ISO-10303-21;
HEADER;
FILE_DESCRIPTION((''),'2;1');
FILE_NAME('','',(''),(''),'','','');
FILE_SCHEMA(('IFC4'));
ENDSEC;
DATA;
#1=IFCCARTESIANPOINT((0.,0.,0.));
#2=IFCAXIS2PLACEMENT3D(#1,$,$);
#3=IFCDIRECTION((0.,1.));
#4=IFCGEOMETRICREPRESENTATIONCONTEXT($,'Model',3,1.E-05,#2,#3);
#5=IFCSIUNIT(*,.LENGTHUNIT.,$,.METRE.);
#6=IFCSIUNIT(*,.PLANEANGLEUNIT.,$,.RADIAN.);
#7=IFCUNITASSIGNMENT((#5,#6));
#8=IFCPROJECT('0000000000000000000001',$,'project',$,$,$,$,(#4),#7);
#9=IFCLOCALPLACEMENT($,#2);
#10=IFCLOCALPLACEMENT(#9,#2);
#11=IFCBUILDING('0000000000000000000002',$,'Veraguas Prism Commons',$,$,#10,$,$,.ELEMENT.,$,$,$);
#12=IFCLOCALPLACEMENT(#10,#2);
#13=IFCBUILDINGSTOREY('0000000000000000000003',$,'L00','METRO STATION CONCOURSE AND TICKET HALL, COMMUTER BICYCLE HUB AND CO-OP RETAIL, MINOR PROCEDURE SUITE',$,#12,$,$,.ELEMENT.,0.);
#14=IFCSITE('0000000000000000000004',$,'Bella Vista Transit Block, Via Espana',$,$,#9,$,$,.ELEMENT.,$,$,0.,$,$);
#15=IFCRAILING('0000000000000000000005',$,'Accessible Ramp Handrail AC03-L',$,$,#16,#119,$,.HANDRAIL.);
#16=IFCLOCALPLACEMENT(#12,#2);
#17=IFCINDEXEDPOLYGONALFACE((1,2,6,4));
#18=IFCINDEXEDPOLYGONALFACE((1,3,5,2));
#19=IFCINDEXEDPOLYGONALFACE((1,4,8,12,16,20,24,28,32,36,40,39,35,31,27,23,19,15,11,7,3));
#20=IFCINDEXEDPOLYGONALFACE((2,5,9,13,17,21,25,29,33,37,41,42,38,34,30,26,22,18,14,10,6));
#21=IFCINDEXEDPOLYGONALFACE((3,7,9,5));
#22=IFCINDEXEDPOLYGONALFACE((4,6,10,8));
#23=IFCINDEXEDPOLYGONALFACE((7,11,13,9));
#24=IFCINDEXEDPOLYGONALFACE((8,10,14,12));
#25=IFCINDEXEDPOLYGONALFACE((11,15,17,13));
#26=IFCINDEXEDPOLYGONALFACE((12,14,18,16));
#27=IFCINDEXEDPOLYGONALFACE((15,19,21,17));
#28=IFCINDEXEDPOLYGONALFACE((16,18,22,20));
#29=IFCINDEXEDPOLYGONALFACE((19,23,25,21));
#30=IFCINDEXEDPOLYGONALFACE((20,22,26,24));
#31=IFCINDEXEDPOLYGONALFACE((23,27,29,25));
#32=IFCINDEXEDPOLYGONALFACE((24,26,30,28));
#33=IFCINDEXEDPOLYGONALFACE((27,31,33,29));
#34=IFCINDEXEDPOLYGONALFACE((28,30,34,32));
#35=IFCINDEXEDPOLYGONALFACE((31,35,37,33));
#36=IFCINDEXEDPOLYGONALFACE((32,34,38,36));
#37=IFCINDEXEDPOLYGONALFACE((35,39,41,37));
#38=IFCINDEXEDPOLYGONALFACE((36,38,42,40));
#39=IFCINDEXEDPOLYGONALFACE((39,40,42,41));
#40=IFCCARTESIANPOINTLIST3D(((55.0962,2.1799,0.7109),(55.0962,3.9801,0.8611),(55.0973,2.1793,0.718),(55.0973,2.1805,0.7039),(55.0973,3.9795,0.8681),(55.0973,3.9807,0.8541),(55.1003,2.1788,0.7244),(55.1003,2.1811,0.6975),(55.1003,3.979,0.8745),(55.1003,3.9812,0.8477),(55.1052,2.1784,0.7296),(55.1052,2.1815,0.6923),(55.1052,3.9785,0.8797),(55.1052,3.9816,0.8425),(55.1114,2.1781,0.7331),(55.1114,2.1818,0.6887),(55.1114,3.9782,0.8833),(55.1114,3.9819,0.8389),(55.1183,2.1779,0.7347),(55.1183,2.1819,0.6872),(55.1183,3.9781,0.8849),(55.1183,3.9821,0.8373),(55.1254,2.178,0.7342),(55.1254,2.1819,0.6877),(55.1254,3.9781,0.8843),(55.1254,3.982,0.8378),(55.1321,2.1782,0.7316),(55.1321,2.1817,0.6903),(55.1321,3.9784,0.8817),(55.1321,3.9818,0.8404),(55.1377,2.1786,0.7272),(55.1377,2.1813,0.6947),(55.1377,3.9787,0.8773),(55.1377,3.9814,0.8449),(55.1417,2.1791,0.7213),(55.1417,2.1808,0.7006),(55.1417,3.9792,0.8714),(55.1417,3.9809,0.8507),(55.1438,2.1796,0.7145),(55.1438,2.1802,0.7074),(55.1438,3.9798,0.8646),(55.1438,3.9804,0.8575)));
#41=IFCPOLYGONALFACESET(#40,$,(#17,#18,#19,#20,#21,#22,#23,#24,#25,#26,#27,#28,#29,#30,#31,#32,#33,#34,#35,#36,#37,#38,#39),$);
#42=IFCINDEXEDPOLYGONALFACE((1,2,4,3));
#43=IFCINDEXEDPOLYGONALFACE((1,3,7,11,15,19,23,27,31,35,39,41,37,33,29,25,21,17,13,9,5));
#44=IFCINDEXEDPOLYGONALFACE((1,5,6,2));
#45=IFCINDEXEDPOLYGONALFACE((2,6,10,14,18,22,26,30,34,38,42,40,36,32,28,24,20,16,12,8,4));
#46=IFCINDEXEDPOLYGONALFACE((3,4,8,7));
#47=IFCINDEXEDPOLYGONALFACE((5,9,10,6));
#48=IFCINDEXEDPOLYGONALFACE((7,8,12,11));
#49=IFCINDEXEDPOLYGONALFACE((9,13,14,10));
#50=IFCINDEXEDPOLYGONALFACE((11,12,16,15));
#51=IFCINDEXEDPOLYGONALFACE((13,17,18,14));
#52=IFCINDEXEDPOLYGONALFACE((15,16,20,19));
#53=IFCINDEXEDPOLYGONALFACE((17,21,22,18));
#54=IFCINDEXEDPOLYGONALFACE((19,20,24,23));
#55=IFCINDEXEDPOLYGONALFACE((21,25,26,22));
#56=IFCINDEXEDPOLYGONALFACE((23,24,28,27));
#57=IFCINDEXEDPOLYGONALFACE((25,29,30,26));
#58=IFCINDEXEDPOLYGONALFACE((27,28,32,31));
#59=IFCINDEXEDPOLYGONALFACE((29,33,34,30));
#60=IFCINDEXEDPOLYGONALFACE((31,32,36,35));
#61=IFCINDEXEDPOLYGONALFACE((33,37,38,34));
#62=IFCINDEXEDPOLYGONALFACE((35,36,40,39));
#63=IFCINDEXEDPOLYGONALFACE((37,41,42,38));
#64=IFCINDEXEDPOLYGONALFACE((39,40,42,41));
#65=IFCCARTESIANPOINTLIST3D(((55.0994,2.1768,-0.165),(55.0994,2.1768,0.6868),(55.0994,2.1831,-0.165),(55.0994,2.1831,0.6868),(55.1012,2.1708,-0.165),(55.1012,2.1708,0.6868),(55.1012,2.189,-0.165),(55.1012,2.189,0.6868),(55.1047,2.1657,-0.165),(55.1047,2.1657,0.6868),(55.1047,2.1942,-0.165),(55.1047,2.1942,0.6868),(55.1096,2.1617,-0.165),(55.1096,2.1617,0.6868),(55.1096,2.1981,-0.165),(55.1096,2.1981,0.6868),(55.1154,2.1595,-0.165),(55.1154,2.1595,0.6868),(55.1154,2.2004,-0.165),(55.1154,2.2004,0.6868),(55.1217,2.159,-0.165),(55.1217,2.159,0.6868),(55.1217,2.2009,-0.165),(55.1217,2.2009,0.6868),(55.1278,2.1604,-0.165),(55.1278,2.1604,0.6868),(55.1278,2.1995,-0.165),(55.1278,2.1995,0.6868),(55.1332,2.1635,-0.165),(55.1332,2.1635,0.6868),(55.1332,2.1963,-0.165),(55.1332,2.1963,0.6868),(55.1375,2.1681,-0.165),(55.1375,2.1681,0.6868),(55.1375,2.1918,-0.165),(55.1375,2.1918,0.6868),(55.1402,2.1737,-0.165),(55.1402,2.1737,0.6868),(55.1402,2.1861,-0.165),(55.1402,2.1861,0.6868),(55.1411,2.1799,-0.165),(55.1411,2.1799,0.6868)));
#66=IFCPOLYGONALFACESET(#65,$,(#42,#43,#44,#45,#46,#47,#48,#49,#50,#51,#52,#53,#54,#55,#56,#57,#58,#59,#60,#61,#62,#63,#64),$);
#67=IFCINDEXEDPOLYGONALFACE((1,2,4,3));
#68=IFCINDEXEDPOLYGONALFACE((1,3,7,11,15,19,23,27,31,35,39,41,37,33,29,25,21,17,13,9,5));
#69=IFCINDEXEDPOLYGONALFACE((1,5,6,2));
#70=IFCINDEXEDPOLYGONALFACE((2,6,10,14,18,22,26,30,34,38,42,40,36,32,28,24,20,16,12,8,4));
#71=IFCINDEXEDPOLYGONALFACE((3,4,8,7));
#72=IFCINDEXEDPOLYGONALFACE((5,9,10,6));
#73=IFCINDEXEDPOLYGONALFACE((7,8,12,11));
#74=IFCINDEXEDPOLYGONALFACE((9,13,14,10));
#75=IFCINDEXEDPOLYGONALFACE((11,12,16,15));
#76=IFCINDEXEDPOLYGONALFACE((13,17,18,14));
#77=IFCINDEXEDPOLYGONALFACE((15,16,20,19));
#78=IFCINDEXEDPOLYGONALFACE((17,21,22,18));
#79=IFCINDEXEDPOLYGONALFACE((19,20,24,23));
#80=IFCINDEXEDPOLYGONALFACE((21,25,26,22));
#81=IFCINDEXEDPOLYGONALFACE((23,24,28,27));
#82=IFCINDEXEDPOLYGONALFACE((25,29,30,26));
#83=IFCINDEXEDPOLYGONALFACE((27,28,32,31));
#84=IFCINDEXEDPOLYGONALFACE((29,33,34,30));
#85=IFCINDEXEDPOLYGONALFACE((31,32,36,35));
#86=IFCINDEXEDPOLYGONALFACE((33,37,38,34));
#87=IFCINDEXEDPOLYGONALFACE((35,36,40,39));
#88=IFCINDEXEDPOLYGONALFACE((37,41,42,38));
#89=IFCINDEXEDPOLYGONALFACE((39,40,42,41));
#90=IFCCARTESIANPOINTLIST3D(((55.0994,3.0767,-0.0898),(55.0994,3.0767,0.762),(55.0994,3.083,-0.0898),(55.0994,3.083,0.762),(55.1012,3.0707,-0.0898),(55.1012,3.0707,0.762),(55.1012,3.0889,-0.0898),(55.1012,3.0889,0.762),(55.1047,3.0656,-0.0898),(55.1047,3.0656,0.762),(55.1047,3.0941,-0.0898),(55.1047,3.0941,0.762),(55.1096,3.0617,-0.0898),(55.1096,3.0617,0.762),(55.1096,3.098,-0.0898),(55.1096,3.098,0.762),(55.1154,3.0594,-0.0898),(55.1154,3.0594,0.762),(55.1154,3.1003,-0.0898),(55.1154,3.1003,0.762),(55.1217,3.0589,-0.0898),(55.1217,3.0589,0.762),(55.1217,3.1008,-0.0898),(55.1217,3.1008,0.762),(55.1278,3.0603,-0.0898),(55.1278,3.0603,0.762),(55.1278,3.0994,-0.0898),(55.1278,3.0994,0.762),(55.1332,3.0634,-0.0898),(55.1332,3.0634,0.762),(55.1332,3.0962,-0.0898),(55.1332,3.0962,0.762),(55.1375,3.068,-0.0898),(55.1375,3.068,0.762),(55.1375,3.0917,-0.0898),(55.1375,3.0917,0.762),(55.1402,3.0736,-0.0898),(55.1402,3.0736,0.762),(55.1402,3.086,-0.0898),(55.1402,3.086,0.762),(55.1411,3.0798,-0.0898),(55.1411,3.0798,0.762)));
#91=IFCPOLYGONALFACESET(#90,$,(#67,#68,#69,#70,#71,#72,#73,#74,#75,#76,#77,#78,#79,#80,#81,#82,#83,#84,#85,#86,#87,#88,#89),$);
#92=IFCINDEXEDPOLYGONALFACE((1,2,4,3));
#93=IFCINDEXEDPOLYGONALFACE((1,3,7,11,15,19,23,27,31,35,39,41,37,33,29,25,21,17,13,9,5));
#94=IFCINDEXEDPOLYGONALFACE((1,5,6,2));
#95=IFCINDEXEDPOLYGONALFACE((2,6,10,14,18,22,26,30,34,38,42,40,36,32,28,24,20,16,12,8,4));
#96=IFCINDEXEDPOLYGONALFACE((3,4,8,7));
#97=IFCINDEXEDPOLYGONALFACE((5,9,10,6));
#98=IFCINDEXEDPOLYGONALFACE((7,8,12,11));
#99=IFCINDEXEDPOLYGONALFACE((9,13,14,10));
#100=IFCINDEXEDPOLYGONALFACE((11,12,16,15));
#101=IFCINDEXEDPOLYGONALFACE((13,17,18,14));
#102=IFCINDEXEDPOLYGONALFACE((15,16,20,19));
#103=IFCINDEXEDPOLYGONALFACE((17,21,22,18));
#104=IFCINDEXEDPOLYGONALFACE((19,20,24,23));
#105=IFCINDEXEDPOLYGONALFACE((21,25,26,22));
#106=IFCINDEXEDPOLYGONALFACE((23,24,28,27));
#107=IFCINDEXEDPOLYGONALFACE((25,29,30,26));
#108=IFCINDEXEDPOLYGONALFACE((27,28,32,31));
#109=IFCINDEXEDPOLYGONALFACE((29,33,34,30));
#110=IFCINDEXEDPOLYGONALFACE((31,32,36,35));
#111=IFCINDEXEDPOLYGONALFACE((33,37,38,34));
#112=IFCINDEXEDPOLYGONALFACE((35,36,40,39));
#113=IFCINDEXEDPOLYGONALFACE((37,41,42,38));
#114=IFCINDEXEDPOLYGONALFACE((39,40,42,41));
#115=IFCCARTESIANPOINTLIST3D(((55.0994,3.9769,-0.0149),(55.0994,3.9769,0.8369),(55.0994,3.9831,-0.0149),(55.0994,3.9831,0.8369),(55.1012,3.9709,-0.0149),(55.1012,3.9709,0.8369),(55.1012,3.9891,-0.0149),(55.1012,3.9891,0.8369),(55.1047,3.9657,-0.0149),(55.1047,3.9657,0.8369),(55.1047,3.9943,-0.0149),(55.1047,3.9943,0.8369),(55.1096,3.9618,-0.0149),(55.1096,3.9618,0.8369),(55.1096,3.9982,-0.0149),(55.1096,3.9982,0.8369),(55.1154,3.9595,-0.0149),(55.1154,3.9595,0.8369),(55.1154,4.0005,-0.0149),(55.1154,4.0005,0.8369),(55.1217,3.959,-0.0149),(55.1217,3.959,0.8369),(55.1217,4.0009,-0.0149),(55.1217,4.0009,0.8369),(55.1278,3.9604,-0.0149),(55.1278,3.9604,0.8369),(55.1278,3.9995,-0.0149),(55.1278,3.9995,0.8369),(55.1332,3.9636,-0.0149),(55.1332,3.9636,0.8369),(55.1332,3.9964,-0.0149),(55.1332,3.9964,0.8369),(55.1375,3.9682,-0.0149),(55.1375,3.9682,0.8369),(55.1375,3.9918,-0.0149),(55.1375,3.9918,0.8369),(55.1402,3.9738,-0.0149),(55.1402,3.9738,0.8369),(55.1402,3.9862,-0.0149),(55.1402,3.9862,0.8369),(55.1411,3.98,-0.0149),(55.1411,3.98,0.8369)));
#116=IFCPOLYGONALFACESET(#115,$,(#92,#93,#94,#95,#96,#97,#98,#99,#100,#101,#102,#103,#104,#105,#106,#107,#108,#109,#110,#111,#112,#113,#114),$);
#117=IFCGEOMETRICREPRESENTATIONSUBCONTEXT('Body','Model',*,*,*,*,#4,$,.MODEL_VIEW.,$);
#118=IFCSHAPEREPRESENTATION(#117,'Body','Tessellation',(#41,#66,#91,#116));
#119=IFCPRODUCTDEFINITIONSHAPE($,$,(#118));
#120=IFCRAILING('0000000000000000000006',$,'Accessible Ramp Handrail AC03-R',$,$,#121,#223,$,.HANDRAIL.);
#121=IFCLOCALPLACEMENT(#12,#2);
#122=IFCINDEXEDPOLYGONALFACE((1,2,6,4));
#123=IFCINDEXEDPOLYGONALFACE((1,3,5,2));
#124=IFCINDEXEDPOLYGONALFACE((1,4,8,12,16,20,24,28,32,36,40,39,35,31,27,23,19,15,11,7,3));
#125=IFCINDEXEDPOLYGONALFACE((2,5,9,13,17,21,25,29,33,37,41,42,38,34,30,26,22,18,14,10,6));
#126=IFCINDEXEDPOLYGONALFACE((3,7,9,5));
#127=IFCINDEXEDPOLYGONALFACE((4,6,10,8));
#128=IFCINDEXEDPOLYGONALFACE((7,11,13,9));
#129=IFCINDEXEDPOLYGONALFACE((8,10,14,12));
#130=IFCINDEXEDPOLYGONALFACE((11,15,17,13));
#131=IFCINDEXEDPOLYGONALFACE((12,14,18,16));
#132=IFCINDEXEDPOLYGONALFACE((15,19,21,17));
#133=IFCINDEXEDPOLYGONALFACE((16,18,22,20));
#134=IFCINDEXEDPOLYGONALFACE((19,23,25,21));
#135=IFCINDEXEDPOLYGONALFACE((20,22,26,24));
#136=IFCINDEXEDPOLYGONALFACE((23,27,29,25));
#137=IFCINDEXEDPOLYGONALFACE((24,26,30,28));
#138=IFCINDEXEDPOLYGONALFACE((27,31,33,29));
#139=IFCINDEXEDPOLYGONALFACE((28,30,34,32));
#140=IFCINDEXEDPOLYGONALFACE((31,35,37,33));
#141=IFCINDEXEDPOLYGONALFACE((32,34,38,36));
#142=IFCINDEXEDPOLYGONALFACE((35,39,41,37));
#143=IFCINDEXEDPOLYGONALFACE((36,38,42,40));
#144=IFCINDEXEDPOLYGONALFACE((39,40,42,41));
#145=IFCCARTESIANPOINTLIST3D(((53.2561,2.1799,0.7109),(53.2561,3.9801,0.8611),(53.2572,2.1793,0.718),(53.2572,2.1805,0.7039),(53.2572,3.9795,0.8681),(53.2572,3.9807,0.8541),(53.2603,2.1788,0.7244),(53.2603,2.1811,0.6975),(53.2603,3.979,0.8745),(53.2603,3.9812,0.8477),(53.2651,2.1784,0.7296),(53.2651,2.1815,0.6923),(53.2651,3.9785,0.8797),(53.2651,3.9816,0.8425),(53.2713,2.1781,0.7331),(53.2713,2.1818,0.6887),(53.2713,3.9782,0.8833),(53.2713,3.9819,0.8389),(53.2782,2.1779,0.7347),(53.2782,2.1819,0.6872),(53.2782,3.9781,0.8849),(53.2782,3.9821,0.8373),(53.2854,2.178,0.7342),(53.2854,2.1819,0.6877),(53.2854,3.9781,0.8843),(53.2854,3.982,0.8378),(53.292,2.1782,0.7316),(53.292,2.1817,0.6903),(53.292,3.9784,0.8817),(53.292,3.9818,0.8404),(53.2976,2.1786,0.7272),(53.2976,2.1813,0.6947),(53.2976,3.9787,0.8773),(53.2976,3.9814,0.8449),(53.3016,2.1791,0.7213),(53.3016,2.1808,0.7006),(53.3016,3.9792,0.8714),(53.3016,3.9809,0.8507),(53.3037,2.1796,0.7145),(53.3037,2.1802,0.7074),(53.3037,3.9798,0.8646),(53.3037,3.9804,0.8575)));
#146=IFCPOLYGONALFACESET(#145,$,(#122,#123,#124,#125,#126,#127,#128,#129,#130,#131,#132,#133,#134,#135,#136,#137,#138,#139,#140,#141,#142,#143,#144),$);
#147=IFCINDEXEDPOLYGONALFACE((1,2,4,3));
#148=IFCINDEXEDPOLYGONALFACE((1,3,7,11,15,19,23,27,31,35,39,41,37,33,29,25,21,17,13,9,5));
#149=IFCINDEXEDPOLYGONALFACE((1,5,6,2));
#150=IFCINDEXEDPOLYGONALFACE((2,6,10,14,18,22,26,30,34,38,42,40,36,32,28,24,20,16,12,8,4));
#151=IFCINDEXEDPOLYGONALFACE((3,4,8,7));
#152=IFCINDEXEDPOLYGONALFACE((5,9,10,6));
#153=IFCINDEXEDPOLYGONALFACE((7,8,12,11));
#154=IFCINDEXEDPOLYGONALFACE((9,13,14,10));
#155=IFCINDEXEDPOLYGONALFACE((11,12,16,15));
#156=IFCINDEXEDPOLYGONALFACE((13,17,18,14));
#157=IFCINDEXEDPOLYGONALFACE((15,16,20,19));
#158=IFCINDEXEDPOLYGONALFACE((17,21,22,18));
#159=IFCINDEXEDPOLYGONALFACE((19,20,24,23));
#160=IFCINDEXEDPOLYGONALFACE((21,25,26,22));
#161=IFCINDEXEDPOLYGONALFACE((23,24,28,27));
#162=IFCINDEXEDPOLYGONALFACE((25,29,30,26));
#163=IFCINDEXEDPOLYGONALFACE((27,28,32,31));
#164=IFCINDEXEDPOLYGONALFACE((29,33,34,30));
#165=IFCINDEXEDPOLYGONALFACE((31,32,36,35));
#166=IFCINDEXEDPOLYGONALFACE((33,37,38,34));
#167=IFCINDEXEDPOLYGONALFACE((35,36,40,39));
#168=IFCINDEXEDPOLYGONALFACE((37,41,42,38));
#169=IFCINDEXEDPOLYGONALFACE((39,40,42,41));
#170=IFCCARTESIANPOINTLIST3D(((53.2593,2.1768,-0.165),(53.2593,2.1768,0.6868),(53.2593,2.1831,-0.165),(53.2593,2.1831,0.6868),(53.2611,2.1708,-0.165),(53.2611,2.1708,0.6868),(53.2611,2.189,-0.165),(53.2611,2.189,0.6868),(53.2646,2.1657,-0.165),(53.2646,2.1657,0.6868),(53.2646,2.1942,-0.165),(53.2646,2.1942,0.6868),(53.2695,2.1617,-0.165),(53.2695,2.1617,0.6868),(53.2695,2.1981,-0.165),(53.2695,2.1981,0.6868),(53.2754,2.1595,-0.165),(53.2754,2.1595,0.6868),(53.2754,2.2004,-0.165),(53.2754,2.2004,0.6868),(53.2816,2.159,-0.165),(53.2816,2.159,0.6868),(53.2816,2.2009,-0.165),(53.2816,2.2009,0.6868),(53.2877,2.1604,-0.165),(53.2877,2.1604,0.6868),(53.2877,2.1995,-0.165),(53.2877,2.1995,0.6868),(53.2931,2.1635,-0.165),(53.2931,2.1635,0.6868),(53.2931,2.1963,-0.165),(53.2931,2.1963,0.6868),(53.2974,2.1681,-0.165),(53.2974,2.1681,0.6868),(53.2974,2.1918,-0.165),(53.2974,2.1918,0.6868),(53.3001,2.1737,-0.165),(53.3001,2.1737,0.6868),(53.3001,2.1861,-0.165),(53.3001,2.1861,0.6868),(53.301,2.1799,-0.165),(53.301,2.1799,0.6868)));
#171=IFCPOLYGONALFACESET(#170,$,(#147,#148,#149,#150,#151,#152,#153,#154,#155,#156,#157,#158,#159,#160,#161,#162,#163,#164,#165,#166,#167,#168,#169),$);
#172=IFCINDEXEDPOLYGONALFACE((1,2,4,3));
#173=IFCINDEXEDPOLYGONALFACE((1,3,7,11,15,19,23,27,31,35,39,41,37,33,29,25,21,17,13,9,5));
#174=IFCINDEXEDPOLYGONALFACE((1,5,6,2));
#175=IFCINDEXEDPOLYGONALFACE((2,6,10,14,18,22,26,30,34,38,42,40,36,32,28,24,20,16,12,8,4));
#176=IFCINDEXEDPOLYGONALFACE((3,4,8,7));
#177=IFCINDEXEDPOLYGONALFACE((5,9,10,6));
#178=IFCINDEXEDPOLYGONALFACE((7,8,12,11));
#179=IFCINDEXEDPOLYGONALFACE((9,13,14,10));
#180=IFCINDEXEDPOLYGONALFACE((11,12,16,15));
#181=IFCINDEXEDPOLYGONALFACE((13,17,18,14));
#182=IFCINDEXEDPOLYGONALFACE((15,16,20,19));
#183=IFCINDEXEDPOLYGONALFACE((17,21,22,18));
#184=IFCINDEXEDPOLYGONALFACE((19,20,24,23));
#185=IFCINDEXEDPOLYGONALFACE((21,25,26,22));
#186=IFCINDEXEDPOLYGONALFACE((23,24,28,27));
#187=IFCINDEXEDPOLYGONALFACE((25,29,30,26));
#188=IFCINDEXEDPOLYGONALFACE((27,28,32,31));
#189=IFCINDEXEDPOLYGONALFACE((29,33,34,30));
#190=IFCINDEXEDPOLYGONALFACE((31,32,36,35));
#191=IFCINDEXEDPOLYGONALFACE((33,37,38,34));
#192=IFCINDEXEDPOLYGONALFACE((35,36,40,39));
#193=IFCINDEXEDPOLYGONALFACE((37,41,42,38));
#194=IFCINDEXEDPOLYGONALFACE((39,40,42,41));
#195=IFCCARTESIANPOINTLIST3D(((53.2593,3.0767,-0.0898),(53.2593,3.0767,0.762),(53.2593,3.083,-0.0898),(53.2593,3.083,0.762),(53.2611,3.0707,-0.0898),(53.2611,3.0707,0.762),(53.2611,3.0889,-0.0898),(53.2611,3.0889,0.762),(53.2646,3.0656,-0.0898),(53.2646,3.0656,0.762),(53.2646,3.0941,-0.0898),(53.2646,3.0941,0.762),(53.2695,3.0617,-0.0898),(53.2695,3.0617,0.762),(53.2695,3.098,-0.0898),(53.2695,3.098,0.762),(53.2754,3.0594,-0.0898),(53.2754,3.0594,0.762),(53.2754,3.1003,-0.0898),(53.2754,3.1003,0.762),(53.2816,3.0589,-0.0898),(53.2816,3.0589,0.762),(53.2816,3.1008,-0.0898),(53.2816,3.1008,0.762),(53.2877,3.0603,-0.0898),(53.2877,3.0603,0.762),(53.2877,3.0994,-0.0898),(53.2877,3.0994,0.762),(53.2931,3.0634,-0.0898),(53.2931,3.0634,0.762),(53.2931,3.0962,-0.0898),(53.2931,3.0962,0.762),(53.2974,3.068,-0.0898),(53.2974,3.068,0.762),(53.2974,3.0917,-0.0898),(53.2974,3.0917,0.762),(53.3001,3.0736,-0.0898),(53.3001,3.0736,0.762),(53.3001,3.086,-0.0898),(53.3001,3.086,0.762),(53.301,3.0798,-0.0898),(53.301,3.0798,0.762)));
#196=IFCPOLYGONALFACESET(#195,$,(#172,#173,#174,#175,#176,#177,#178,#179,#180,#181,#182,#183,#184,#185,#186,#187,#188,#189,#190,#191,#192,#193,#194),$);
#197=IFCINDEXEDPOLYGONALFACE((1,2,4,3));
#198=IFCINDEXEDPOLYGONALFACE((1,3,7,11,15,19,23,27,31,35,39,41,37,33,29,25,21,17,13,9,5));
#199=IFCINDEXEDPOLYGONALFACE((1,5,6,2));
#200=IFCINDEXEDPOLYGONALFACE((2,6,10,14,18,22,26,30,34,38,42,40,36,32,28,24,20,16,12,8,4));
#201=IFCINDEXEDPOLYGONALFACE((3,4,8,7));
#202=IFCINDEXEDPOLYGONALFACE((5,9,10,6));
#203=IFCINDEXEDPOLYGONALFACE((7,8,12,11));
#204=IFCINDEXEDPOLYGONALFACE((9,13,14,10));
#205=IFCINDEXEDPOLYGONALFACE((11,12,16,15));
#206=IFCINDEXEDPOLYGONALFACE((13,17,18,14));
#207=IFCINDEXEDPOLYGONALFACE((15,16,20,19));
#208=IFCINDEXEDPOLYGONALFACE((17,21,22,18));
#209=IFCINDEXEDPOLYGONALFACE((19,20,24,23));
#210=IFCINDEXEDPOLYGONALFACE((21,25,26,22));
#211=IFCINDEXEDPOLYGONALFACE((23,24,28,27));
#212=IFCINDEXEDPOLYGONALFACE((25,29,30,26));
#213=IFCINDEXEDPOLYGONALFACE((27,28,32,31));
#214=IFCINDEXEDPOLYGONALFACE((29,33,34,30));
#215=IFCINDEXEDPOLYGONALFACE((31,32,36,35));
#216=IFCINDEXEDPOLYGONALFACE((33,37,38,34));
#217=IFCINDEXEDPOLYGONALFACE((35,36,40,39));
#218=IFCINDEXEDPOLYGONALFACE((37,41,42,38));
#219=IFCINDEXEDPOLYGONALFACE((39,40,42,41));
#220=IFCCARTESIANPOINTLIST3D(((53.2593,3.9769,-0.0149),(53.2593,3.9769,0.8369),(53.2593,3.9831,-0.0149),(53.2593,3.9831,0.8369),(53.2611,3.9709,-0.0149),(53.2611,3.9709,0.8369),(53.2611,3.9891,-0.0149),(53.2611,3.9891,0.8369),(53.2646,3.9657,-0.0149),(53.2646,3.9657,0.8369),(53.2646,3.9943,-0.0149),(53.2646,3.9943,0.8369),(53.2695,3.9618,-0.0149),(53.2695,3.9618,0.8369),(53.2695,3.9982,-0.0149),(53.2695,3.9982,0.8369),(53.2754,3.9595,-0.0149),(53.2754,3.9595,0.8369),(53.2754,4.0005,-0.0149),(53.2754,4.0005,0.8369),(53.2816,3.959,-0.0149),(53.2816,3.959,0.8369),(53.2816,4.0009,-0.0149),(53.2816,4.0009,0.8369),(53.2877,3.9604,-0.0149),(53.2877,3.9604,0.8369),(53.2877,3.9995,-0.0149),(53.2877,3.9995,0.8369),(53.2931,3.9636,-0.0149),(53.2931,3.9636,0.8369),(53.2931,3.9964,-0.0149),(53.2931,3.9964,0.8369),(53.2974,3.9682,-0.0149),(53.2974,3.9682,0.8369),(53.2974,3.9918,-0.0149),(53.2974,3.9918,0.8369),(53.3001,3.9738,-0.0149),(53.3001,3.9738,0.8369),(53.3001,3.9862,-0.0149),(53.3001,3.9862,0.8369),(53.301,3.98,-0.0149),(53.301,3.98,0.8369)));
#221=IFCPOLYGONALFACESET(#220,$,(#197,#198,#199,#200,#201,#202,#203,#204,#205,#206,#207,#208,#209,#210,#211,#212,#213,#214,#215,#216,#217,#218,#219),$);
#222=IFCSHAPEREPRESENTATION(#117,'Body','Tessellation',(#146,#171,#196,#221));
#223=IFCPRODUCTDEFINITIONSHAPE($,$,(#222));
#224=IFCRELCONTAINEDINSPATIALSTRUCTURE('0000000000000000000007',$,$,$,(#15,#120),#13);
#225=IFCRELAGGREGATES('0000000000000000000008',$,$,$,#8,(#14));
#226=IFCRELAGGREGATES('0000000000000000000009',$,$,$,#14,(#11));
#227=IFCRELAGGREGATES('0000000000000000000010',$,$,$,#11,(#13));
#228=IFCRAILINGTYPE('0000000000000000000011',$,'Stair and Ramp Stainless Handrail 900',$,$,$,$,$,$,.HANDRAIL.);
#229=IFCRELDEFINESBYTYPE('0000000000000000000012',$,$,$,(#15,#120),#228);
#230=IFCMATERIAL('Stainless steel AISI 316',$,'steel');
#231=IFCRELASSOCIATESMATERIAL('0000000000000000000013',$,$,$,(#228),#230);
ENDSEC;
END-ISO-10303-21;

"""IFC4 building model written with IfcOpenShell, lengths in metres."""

from ifc_helpers import new_model, si_unit, direction, frame, origin, origin_2d, place, context, subcontext, project, spatial, circle, extrude, material, type_object, element, save


model = new_model("IFC4")

# Units and contexts
model_context = context("Model", 3, precision=1e-05, world=origin(), true_north=direction((0.0, 1.0)))
body_context = subcontext(model_context, "Body", "Model", "MODEL_VIEW")
ifc_project = project(units=[si_unit("LENGTHUNIT", "METRE"), si_unit("PLANEANGLEUNIT", "RADIAN")], contexts=[model_context])

# Site, building, storey
site_placement = place(None, origin())
site = spatial("IfcSite", under=ifc_project, at=site_placement, Name="Bella Vista Transit Block, Via Espana", CompositionType="ELEMENT", RefElevation=0.0)
building_placement = place(site_placement, origin())
building = spatial("IfcBuilding", under=site, at=building_placement, Name="Veraguas Prism Commons", CompositionType="ELEMENT")
storey_placement = place(building_placement, origin())
storey = spatial("IfcBuildingStorey", under=building, at=storey_placement, Name="L00", Description="METRO STATION CONCOURSE AND TICKET HALL, COMMUTER BICYCLE HUB AND CO-OP RETAIL, MINOR PROCEDURE SUITE", CompositionType="ELEMENT", Elevation=0.0)

# Railings
ifc_material_1 = material(Name="Stainless steel AISI 316", Category="steel")
railing_type = type_object("IfcRailingType", Name="Stair and Ramp Stainless Handrail 900", PredefinedType="HANDRAIL", material=ifc_material_1)
for number, where, name in (
    (1, (55.1201, 2.1799, -0.165), "Accessible Ramp Handrail AC03-L"),
    (2, (53.28, 2.1799, -0.165), "Accessible Ramp Handrail AC03-R"),
):
    element("IfcRailing", number, at=place(storey_placement, frame(where)), inside=storey, type_object=railing_type, Name=name, PredefinedType="HANDRAIL", context=body_context, shape_type="SweptSolid", body=[
        extrude(circle(Radius=0.0239, at=origin_2d()), frame((0.0, 0.0, 0.876), z_axis=(0.0, 0.996539, 0.083124), x_axis=(-1.0, 0.0, 0.0)), (0.0, 0.0, 1.0), 1.8064),
        extrude(circle(Radius=0.021, at=origin_2d()), origin(), (0.0, 0.0, 1.0), 0.8518),
        extrude(circle(Radius=0.021, at=origin_2d()), frame((0.0, 0.8999, 0.0752)), (0.0, 0.0, 1.0), 0.8518),
        extrude(circle(Radius=0.021, at=origin_2d()), frame((0.0, 1.8, 0.1501)), (0.0, 0.0, 1.0), 0.8518),
    ])

save(model, "model.ifc")
